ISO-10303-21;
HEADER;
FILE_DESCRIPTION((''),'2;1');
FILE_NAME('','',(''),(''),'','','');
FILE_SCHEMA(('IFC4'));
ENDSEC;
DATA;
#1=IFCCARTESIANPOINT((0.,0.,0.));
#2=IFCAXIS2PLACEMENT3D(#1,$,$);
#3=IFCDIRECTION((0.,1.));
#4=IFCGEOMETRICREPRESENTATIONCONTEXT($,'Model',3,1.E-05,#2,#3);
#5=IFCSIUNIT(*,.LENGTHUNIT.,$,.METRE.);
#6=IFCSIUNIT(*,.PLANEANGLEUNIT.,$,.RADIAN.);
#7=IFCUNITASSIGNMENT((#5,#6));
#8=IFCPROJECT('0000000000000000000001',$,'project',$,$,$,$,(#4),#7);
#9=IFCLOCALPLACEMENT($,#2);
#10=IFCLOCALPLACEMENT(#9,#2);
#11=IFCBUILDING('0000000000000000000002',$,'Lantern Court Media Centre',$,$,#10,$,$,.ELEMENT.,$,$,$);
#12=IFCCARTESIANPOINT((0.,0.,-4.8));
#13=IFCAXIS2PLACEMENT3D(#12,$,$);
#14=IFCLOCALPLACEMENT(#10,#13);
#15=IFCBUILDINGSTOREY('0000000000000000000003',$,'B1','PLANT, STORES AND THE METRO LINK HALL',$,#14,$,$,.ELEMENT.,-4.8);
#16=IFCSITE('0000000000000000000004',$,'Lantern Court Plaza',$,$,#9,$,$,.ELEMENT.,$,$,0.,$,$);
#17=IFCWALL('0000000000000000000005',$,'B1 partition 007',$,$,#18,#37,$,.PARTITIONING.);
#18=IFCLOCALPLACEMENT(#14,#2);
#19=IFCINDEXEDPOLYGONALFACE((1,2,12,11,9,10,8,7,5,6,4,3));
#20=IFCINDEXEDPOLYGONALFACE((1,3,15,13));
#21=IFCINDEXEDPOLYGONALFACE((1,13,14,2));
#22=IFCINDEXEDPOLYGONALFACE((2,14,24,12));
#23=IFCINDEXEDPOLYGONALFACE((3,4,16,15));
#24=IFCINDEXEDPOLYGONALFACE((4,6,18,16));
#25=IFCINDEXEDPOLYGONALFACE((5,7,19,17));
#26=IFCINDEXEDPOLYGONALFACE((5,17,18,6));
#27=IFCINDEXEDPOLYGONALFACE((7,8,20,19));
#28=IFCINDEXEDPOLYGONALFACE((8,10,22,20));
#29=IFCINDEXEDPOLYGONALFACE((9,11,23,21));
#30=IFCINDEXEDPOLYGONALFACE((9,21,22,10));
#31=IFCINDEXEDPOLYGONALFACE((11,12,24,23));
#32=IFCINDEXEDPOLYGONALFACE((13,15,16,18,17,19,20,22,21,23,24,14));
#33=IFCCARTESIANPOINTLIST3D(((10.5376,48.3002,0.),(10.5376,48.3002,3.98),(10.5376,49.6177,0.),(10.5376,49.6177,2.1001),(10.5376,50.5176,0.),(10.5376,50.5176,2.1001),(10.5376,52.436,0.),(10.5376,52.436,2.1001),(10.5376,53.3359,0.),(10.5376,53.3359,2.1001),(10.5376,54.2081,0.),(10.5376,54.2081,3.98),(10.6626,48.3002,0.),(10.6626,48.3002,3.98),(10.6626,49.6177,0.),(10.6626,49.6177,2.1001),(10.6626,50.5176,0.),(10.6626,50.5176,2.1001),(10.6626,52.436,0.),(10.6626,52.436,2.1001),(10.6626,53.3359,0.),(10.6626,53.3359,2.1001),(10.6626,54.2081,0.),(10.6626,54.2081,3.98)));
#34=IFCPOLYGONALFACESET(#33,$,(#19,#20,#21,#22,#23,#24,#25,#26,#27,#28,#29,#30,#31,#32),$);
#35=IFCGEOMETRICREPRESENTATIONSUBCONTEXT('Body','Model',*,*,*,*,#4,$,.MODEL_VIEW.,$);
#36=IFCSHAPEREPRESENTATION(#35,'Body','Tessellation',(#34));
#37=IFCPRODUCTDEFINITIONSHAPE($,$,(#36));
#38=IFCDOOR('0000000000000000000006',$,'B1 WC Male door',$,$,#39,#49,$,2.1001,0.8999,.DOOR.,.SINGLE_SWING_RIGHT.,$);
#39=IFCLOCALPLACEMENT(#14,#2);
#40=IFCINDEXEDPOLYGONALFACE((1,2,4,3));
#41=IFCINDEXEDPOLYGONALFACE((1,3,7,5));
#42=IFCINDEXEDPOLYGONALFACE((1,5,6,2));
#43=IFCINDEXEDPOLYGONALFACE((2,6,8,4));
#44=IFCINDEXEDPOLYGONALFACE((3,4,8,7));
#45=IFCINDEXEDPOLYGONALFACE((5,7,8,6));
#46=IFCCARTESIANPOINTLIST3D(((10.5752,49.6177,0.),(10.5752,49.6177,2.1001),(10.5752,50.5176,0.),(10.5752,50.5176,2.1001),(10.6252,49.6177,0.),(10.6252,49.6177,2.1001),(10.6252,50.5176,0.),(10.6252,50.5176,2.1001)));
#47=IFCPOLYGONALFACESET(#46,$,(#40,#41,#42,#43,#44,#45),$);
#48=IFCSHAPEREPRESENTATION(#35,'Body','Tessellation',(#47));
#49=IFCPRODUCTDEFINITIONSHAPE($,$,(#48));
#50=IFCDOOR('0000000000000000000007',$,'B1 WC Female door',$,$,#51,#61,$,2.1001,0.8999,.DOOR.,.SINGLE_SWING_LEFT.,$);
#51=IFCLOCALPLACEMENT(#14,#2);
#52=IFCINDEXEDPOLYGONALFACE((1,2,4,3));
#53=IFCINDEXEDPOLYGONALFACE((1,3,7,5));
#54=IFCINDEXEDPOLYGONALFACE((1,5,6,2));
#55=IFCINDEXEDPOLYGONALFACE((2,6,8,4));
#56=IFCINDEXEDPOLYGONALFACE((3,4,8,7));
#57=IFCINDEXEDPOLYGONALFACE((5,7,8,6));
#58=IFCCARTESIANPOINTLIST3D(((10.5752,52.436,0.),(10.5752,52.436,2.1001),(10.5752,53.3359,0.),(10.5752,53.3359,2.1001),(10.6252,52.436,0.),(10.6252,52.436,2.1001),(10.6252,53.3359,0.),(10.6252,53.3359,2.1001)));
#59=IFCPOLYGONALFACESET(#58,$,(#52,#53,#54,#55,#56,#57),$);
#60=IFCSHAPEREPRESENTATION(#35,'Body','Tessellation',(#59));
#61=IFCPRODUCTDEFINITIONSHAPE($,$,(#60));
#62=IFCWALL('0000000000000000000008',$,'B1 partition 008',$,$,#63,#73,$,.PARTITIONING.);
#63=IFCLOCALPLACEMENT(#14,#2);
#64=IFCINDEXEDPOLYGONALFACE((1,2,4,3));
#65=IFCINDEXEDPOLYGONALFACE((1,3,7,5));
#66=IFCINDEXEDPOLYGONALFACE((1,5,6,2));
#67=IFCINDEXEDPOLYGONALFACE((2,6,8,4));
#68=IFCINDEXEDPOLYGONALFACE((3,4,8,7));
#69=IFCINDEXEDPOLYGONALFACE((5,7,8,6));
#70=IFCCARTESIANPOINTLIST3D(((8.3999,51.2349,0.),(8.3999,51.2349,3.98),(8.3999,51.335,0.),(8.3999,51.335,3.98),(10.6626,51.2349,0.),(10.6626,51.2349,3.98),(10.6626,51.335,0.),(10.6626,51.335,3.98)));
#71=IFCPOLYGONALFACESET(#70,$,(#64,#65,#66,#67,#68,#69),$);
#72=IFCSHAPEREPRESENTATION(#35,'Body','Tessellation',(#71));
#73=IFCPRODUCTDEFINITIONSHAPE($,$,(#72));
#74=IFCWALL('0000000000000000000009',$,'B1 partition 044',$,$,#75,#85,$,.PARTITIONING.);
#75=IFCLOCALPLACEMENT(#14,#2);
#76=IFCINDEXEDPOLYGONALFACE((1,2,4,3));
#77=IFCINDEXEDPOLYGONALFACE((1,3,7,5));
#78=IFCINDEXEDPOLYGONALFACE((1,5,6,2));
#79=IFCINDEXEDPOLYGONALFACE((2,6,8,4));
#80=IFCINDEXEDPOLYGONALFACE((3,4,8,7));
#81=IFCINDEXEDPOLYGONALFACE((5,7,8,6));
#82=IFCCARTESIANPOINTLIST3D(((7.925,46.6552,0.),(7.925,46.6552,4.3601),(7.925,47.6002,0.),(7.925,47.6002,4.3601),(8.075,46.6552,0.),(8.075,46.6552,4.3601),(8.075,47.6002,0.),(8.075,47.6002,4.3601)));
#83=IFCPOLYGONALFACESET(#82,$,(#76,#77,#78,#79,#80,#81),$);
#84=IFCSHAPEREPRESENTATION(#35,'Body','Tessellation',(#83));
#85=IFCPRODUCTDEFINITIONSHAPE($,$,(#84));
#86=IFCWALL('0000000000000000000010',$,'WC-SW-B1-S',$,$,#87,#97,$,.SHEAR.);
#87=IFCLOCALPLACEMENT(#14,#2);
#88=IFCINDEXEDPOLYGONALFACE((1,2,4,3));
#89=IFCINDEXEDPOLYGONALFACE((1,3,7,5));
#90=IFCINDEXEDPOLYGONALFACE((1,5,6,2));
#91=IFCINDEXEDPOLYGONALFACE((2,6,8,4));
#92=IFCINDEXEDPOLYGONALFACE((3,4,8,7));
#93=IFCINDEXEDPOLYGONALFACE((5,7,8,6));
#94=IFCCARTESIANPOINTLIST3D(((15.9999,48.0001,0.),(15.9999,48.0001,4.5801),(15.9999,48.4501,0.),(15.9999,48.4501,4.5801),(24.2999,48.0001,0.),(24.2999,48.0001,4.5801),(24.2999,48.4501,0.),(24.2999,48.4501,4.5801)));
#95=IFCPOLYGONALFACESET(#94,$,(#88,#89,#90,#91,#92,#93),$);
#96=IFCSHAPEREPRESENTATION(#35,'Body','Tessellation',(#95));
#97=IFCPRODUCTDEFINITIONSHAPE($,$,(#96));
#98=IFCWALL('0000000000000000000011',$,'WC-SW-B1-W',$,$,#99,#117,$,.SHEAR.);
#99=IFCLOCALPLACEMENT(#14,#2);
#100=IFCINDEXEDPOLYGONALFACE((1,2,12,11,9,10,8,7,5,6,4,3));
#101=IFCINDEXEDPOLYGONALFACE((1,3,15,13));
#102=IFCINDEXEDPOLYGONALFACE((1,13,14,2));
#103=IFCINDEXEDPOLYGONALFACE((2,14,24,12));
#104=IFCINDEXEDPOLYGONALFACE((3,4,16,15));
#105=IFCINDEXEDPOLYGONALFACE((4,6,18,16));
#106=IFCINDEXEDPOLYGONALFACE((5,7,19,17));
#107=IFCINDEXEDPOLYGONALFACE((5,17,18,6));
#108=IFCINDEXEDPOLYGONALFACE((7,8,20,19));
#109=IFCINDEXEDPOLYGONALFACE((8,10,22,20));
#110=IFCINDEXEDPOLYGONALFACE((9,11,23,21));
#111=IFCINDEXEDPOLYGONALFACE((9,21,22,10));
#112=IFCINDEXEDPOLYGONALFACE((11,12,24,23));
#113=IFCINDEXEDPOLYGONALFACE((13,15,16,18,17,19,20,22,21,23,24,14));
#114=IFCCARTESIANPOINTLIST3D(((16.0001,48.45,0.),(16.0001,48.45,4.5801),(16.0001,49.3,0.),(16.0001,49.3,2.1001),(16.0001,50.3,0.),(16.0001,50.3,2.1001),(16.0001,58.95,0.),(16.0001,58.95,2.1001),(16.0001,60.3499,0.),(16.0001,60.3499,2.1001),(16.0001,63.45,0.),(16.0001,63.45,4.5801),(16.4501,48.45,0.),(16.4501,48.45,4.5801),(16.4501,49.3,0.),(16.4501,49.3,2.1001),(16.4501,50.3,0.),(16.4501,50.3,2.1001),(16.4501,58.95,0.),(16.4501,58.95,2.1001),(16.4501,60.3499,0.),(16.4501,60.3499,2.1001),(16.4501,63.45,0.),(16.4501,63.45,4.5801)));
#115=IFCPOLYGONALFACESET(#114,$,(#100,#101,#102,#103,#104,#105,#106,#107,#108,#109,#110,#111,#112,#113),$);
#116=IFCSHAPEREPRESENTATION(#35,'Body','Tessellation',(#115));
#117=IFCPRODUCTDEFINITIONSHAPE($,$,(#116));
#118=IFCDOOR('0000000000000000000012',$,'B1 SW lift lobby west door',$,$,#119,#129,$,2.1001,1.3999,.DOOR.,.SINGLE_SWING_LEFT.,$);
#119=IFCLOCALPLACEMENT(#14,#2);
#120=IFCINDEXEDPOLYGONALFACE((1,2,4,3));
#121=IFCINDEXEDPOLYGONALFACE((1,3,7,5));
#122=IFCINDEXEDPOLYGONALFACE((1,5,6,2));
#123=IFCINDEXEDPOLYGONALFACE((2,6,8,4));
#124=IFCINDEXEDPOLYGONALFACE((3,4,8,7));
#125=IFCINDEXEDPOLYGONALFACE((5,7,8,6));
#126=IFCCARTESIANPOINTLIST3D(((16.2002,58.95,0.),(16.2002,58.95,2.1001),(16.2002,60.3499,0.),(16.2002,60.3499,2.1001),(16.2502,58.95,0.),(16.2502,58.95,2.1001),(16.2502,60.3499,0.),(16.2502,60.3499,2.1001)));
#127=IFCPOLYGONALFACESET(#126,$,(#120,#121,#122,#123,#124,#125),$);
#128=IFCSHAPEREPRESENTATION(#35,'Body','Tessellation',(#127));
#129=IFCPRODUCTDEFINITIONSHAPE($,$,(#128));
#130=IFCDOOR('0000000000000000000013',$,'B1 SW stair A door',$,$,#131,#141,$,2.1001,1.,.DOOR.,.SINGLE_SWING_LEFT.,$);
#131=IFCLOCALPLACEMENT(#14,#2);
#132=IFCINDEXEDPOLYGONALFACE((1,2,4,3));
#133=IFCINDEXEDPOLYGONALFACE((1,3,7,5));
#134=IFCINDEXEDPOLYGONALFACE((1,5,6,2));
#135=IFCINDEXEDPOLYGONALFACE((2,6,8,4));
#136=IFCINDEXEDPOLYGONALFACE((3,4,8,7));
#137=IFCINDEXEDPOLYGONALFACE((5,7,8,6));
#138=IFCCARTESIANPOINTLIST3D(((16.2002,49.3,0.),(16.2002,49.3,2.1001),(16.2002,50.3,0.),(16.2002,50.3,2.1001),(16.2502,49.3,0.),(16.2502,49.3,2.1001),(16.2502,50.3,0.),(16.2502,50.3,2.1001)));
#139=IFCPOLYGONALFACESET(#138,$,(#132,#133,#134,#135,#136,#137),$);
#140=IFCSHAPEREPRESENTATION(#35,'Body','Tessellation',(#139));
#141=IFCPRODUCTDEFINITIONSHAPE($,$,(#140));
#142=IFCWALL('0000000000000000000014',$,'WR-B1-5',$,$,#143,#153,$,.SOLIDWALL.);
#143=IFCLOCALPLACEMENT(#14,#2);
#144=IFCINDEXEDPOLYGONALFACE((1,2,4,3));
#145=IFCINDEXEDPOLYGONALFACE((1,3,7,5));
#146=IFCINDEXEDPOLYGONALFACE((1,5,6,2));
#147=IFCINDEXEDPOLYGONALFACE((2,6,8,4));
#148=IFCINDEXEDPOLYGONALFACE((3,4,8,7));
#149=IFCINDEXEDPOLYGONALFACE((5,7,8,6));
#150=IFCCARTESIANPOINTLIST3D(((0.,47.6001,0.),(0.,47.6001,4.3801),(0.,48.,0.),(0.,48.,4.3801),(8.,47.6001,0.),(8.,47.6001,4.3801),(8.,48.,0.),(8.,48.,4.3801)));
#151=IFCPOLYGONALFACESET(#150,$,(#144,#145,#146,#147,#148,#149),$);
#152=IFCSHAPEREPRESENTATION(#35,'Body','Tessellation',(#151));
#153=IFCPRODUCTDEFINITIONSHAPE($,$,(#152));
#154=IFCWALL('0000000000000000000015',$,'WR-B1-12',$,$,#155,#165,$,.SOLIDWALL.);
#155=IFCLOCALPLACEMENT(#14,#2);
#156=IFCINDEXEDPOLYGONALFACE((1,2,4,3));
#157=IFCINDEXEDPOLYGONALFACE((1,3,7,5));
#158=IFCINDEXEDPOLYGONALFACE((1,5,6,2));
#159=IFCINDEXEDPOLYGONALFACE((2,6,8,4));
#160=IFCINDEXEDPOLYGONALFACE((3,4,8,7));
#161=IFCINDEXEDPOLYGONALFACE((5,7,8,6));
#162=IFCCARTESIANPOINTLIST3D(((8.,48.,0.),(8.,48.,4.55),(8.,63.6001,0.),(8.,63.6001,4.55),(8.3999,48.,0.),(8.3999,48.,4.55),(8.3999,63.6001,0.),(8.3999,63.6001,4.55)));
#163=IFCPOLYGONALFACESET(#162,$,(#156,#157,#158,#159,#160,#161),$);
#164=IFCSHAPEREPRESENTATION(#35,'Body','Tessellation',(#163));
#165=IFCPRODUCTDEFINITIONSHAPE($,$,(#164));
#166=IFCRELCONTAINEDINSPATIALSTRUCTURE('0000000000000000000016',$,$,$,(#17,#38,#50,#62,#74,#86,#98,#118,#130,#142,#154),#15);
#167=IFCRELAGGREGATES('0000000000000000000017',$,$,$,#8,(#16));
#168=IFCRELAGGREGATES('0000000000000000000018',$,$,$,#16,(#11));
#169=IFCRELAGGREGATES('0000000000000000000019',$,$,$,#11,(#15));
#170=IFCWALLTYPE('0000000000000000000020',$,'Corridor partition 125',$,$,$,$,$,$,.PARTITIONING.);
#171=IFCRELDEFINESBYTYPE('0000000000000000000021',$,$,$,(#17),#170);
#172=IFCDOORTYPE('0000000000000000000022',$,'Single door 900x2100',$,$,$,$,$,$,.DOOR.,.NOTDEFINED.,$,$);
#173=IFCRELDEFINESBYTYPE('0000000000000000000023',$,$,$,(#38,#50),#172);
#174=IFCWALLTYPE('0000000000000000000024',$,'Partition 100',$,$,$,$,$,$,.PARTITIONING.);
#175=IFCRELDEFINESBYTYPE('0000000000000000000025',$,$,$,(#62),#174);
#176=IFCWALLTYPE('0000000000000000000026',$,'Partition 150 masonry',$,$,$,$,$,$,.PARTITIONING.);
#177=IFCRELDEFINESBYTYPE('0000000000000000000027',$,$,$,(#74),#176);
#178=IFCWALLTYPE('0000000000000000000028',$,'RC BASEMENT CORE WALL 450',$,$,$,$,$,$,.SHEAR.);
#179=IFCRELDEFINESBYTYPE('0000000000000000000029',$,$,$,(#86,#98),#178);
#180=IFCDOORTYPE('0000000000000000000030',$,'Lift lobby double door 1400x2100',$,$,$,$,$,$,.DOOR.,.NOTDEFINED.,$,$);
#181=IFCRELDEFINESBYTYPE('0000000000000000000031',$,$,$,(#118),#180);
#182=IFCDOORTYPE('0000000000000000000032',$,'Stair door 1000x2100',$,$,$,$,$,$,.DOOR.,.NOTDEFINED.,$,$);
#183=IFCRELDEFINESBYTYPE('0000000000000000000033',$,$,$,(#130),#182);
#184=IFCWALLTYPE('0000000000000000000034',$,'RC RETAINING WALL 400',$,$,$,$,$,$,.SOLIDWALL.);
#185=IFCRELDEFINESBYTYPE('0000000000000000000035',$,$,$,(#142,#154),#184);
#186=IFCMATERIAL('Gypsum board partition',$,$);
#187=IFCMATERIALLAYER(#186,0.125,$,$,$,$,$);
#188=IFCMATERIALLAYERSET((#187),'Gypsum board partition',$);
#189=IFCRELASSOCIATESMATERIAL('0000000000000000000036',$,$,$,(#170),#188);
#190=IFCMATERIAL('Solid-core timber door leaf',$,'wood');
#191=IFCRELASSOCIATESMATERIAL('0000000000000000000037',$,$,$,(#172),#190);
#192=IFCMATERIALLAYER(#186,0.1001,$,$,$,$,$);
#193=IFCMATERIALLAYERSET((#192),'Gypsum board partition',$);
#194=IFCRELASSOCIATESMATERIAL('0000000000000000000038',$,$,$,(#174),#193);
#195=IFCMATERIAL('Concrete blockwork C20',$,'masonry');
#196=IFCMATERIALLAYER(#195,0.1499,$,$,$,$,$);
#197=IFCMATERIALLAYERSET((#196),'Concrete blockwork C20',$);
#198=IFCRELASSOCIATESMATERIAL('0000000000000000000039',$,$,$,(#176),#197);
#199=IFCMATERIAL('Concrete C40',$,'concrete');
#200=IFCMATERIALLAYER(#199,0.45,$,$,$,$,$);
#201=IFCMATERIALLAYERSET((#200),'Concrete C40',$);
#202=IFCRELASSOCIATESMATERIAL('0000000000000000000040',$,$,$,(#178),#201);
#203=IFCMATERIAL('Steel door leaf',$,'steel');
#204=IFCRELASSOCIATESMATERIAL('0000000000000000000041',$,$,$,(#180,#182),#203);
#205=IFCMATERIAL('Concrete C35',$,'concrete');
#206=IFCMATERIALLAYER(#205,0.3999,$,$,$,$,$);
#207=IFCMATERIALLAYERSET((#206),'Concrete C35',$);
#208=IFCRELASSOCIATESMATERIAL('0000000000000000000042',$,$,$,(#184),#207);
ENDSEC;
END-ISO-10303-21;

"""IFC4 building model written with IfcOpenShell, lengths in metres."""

from ifc_helpers import new_model, si_unit, direction, frame, frame_2d, origin, place, context, subcontext, project, spatial, rectangle, extrude, material, layer, layer_set, type_object, element, fill, save


model = new_model("IFC4")

# Units and contexts
model_context = context("Model", 3, precision=1e-05, world=origin(), true_north=direction((0.0, 1.0)))
body_context = subcontext(model_context, "Body", "Model", "MODEL_VIEW")
ifc_project = project(units=[si_unit("LENGTHUNIT", "METRE"), si_unit("PLANEANGLEUNIT", "RADIAN")], contexts=[model_context])

# Site, building, storey
site_placement = place(None, origin())
site = spatial("IfcSite", under=ifc_project, at=site_placement, Name="Lantern Court Plaza", CompositionType="ELEMENT", RefElevation=0.0)
building_placement = place(site_placement, origin())
building = spatial("IfcBuilding", under=site, at=building_placement, Name="Lantern Court Media Centre", CompositionType="ELEMENT")
storey_placement = place(building_placement, frame((0.0, 0.0, -4.8)))
storey = spatial("IfcBuildingStorey", under=building, at=storey_placement, Name="B1", Description="PLANT, STORES AND THE METRO LINK HALL", CompositionType="ELEMENT", Elevation=-4.8)

# Shared definitions
ifc_material_1 = material(Name="Concrete C35", Category="concrete")

# Wall, openings, doors
ifc_material_2 = material(Name="Gypsum board partition")
ifc_layer_1 = layer(ifc_material_2, 0.125)
ifc_layer_set_1 = layer_set([ifc_layer_1], Name="Gypsum board partition")
wall_type_1 = type_object("IfcWallType", Name="Corridor partition 125", PredefinedType="PARTITIONING", material=ifc_layer_set_1)
wall_1_placement = place(storey_placement, frame((10.6001, 48.3, 0.0), z_axis=(0.0, 0.0, 1.0), x_axis=(0.0, 1.0, 0.0)))
wall_1 = element("IfcWall", 1, at=wall_1_placement, inside=storey, type_object=wall_type_1, Name="B1 partition 007", PredefinedType="PARTITIONING", context=body_context, shape_type="SweptSolid", body=[
    extrude(rectangle(XDim=5.908, YDim=0.125, at=frame_2d((2.9541, 0.0))), origin(), (0.0, 0.0, 1.0), 3.98),
])
opening_1_placement = place(wall_1_placement, frame((1.3176, 0.0, 0.0)))
opening_1 = element("IfcOpeningElement", 2, at=opening_1_placement, cuts=wall_1, PredefinedType="OPENING", context=body_context, shape_type="SweptSolid", body=[
    extrude(rectangle(XDim=0.8999, YDim=2.1001, at=frame_2d((0.45, 1.05))), frame((0.0, 0.0725, 0.0), z_axis=(0.0, -1.0, 0.0), x_axis=(1.0, 0.0, 0.0)), (0.0, 0.0, 1.0), 0.145),
])
opening_2_placement = place(wall_1_placement, frame((4.136, 0.0, 0.0)))
opening_2 = element("IfcOpeningElement", 3, at=opening_2_placement, cuts=wall_1, PredefinedType="OPENING", context=body_context, shape_type="SweptSolid", body=[
    extrude(rectangle(XDim=0.8999, YDim=2.1001, at=frame_2d((0.45, 1.05))), frame((0.0, 0.0725, 0.0), z_axis=(0.0, -1.0, 0.0), x_axis=(1.0, 0.0, 0.0)), (0.0, 0.0, 1.0), 0.145),
])
ifc_material_3 = material(Name="Solid-core timber door leaf", Category="wood")
door_type_1 = type_object("IfcDoorType", Name="Single door 900x2100", OperationType="NOTDEFINED", PredefinedType="DOOR", material=ifc_material_3)
door_1_placement = place(opening_1_placement, origin())
door_1 = element("IfcDoor", 4, at=door_1_placement, inside=storey, type_object=door_type_1, Name="B1 WC Male door", OperationType="SINGLE_SWING_RIGHT", OverallHeight=2.1001, OverallWidth=0.8999, PredefinedType="DOOR", context=body_context, shape_type="SweptSolid", body=[
    extrude(rectangle(XDim=0.8999, YDim=2.1001, at=frame_2d((0.45, 1.05))), frame((0.0, 0.0249, 0.0), z_axis=(0.0, -1.0, 0.0), x_axis=(1.0, 0.0, 0.0)), (0.0, 0.0, 1.0), 0.05),
])
fill(opening_1, door_1)
door_2_placement = place(opening_2_placement, origin())
door_2 = element("IfcDoor", 5, at=door_2_placement, inside=storey, type_object=door_type_1, Name="B1 WC Female door", OperationType="SINGLE_SWING_LEFT", OverallHeight=2.1001, OverallWidth=0.8999, PredefinedType="DOOR", context=body_context, shape_type="SweptSolid", body=[
    extrude(rectangle(XDim=0.8999, YDim=2.1001, at=frame_2d((0.45, 1.05))), frame((0.0, 0.0249, 0.0), z_axis=(0.0, -1.0, 0.0), x_axis=(1.0, 0.0, 0.0)), (0.0, 0.0, 1.0), 0.05),
])
fill(opening_2, door_2)

# Walls
ifc_layer_2 = layer(ifc_material_2, 0.1001)
ifc_layer_set_2 = layer_set([ifc_layer_2], Name="Gypsum board partition")
wall_type_2 = type_object("IfcWallType", Name="Partition 100", PredefinedType="PARTITIONING", material=ifc_layer_set_2)
wall_2_placement = place(storey_placement, frame((8.3999, 51.2849, 0.0), z_axis=(0.0, 0.0, 1.0), x_axis=(1.0, 0.0, 0.0)))
element("IfcWall", 6, at=wall_2_placement, inside=storey, type_object=wall_type_2, Name="B1 partition 008", PredefinedType="PARTITIONING", context=body_context, shape_type="SweptSolid", body=[
    extrude(rectangle(XDim=2.2627, YDim=0.1001, at=frame_2d((1.1313, 0.0))), origin(), (0.0, 0.0, 1.0), 3.98),
])
ifc_material_4 = material(Name="Concrete blockwork C20", Category="masonry")
ifc_layer_3 = layer(ifc_material_4, 0.1499)
ifc_layer_set_3 = layer_set([ifc_layer_3], Name="Concrete blockwork C20")
wall_type_3 = type_object("IfcWallType", Name="Partition 150 masonry", PredefinedType="PARTITIONING", material=ifc_layer_set_3)
wall_3_placement = place(storey_placement, frame((8.0, 46.655, 0.0), z_axis=(0.0, 0.0, 1.0), x_axis=(0.0, 1.0, 0.0)))
element("IfcWall", 7, at=wall_3_placement, inside=storey, type_object=wall_type_3, Name="B1 partition 044", PredefinedType="PARTITIONING", context=body_context, shape_type="SweptSolid", body=[
    extrude(rectangle(XDim=0.9451, YDim=0.1499, at=frame_2d((0.4727, 0.0))), origin(), (0.0, 0.0, 1.0), 4.3601),
])
ifc_material_5 = material(Name="Concrete C40", Category="concrete")
ifc_layer_4 = layer(ifc_material_5, 0.45)
ifc_layer_set_4 = layer_set([ifc_layer_4], Name="Concrete C40")
wall_type_4 = type_object("IfcWallType", Name="RC BASEMENT CORE WALL 450", PredefinedType="SHEAR", material=ifc_layer_set_4)
wall_4_placement = place(storey_placement, frame((16.0, 48.2251, 0.0), z_axis=(0.0, 0.0, 1.0), x_axis=(1.0, 0.0, 0.0)))
element("IfcWall", 8, at=wall_4_placement, inside=storey, type_object=wall_type_4, Name="WC-SW-B1-S", PredefinedType="SHEAR", context=body_context, shape_type="SweptSolid", body=[
    extrude(rectangle(XDim=8.3, YDim=0.45, at=frame_2d((4.1499, 0.0))), origin(), (0.0, 0.0, 1.0), 4.5801),
])

# Wall, openings, doors
wall_5_placement = place(storey_placement, frame((16.2251, 48.45, 0.0), z_axis=(0.0, 0.0, 1.0), x_axis=(0.0, 1.0, 0.0)))
wall_5 = element("IfcWall", 9, at=wall_5_placement, inside=storey, type_object=wall_type_4, Name="WC-SW-B1-W", PredefinedType="SHEAR", context=body_context, shape_type="SweptSolid", body=[
    extrude(rectangle(XDim=15.0, YDim=0.45, at=frame_2d((7.5, 0.0))), origin(), (0.0, 0.0, 1.0), 4.5801),
])
opening_3_placement = place(wall_5_placement, frame((0.8501, 0.0, 0.0)))
opening_3 = element("IfcOpeningElement", 10, at=opening_3_placement, cuts=wall_5, PredefinedType="OPENING", context=body_context, shape_type="SweptSolid", body=[
    extrude(rectangle(XDim=1.0, YDim=2.1001, at=frame_2d((0.5, 1.05))), frame((0.0, 0.2349, 0.0), z_axis=(0.0, -1.0, 0.0), x_axis=(1.0, 0.0, 0.0)), (0.0, 0.0, 1.0), 0.47),
])
opening_4_placement = place(wall_5_placement, frame((10.5, 0.0, 0.0)))
opening_4 = element("IfcOpeningElement", 11, at=opening_4_placement, cuts=wall_5, PredefinedType="OPENING", context=body_context, shape_type="SweptSolid", body=[
    extrude(rectangle(XDim=1.3999, YDim=2.1001, at=frame_2d((0.7, 1.05))), frame((0.0, 0.2349, 0.0), z_axis=(0.0, -1.0, 0.0), x_axis=(1.0, 0.0, 0.0)), (0.0, 0.0, 1.0), 0.47),
])
ifc_material_6 = material(Name="Steel door leaf", Category="steel")
door_type_2 = type_object("IfcDoorType", Name="Lift lobby double door 1400x2100", OperationType="NOTDEFINED", PredefinedType="DOOR", material=ifc_material_6)
door_3_placement = place(opening_4_placement, origin())
door_3 = element("IfcDoor", 12, at=door_3_placement, inside=storey, type_object=door_type_2, Name="B1 SW lift lobby west door", OperationType="SINGLE_SWING_LEFT", OverallHeight=2.1001, OverallWidth=1.3999, PredefinedType="DOOR", context=body_context, shape_type="SweptSolid", body=[
    extrude(rectangle(XDim=1.3999, YDim=2.1001, at=frame_2d((0.7, 1.05))), frame((0.0, 0.0249, 0.0), z_axis=(0.0, -1.0, 0.0), x_axis=(1.0, 0.0, 0.0)), (0.0, 0.0, 1.0), 0.05),
])
fill(opening_4, door_3)
door_type_3 = type_object("IfcDoorType", Name="Stair door 1000x2100", OperationType="NOTDEFINED", PredefinedType="DOOR", material=ifc_material_6)
door_4_placement = place(opening_3_placement, origin())
door_4 = element("IfcDoor", 13, at=door_4_placement, inside=storey, type_object=door_type_3, Name="B1 SW stair A door", OperationType="SINGLE_SWING_LEFT", OverallHeight=2.1001, OverallWidth=1.0, PredefinedType="DOOR", context=body_context, shape_type="SweptSolid", body=[
    extrude(rectangle(XDim=1.0, YDim=2.1001, at=frame_2d((0.5, 1.05))), frame((0.0, 0.0249, 0.0), z_axis=(0.0, -1.0, 0.0), x_axis=(1.0, 0.0, 0.0)), (0.0, 0.0, 1.0), 0.05),
])
fill(opening_3, door_4)

# Walls
ifc_layer_5 = layer(ifc_material_1, 0.3999)
ifc_layer_set_5 = layer_set([ifc_layer_5], Name="Concrete C35")
wall_type_5 = type_object("IfcWallType", Name="RC RETAINING WALL 400", PredefinedType="SOLIDWALL", material=ifc_layer_set_5)
wall_6_placement = place(storey_placement, frame((0.0, 47.8, 0.0), z_axis=(0.0, 0.0, 1.0), x_axis=(1.0, 0.0, 0.0)))
element("IfcWall", 14, at=wall_6_placement, inside=storey, type_object=wall_type_5, Name="WR-B1-5", PredefinedType="SOLIDWALL", context=body_context, shape_type="SweptSolid", body=[
    extrude(rectangle(XDim=8.0, YDim=0.3999, at=frame_2d((4.0, 0.0))), origin(), (0.0, 0.0, 1.0), 4.3801),
])
wall_7_placement = place(storey_placement, frame((8.2, 48.0, 0.0), z_axis=(0.0, 0.0, 1.0), x_axis=(0.0, 1.0, 0.0)))
element("IfcWall", 15, at=wall_7_placement, inside=storey, type_object=wall_type_5, Name="WR-B1-12", PredefinedType="SOLIDWALL", context=body_context, shape_type="SweptSolid", body=[
    extrude(rectangle(XDim=15.6001, YDim=0.3999, at=frame_2d((7.8, 0.0))), origin(), (0.0, 0.0, 1.0), 4.55),
])

save(model, "model.ifc")
